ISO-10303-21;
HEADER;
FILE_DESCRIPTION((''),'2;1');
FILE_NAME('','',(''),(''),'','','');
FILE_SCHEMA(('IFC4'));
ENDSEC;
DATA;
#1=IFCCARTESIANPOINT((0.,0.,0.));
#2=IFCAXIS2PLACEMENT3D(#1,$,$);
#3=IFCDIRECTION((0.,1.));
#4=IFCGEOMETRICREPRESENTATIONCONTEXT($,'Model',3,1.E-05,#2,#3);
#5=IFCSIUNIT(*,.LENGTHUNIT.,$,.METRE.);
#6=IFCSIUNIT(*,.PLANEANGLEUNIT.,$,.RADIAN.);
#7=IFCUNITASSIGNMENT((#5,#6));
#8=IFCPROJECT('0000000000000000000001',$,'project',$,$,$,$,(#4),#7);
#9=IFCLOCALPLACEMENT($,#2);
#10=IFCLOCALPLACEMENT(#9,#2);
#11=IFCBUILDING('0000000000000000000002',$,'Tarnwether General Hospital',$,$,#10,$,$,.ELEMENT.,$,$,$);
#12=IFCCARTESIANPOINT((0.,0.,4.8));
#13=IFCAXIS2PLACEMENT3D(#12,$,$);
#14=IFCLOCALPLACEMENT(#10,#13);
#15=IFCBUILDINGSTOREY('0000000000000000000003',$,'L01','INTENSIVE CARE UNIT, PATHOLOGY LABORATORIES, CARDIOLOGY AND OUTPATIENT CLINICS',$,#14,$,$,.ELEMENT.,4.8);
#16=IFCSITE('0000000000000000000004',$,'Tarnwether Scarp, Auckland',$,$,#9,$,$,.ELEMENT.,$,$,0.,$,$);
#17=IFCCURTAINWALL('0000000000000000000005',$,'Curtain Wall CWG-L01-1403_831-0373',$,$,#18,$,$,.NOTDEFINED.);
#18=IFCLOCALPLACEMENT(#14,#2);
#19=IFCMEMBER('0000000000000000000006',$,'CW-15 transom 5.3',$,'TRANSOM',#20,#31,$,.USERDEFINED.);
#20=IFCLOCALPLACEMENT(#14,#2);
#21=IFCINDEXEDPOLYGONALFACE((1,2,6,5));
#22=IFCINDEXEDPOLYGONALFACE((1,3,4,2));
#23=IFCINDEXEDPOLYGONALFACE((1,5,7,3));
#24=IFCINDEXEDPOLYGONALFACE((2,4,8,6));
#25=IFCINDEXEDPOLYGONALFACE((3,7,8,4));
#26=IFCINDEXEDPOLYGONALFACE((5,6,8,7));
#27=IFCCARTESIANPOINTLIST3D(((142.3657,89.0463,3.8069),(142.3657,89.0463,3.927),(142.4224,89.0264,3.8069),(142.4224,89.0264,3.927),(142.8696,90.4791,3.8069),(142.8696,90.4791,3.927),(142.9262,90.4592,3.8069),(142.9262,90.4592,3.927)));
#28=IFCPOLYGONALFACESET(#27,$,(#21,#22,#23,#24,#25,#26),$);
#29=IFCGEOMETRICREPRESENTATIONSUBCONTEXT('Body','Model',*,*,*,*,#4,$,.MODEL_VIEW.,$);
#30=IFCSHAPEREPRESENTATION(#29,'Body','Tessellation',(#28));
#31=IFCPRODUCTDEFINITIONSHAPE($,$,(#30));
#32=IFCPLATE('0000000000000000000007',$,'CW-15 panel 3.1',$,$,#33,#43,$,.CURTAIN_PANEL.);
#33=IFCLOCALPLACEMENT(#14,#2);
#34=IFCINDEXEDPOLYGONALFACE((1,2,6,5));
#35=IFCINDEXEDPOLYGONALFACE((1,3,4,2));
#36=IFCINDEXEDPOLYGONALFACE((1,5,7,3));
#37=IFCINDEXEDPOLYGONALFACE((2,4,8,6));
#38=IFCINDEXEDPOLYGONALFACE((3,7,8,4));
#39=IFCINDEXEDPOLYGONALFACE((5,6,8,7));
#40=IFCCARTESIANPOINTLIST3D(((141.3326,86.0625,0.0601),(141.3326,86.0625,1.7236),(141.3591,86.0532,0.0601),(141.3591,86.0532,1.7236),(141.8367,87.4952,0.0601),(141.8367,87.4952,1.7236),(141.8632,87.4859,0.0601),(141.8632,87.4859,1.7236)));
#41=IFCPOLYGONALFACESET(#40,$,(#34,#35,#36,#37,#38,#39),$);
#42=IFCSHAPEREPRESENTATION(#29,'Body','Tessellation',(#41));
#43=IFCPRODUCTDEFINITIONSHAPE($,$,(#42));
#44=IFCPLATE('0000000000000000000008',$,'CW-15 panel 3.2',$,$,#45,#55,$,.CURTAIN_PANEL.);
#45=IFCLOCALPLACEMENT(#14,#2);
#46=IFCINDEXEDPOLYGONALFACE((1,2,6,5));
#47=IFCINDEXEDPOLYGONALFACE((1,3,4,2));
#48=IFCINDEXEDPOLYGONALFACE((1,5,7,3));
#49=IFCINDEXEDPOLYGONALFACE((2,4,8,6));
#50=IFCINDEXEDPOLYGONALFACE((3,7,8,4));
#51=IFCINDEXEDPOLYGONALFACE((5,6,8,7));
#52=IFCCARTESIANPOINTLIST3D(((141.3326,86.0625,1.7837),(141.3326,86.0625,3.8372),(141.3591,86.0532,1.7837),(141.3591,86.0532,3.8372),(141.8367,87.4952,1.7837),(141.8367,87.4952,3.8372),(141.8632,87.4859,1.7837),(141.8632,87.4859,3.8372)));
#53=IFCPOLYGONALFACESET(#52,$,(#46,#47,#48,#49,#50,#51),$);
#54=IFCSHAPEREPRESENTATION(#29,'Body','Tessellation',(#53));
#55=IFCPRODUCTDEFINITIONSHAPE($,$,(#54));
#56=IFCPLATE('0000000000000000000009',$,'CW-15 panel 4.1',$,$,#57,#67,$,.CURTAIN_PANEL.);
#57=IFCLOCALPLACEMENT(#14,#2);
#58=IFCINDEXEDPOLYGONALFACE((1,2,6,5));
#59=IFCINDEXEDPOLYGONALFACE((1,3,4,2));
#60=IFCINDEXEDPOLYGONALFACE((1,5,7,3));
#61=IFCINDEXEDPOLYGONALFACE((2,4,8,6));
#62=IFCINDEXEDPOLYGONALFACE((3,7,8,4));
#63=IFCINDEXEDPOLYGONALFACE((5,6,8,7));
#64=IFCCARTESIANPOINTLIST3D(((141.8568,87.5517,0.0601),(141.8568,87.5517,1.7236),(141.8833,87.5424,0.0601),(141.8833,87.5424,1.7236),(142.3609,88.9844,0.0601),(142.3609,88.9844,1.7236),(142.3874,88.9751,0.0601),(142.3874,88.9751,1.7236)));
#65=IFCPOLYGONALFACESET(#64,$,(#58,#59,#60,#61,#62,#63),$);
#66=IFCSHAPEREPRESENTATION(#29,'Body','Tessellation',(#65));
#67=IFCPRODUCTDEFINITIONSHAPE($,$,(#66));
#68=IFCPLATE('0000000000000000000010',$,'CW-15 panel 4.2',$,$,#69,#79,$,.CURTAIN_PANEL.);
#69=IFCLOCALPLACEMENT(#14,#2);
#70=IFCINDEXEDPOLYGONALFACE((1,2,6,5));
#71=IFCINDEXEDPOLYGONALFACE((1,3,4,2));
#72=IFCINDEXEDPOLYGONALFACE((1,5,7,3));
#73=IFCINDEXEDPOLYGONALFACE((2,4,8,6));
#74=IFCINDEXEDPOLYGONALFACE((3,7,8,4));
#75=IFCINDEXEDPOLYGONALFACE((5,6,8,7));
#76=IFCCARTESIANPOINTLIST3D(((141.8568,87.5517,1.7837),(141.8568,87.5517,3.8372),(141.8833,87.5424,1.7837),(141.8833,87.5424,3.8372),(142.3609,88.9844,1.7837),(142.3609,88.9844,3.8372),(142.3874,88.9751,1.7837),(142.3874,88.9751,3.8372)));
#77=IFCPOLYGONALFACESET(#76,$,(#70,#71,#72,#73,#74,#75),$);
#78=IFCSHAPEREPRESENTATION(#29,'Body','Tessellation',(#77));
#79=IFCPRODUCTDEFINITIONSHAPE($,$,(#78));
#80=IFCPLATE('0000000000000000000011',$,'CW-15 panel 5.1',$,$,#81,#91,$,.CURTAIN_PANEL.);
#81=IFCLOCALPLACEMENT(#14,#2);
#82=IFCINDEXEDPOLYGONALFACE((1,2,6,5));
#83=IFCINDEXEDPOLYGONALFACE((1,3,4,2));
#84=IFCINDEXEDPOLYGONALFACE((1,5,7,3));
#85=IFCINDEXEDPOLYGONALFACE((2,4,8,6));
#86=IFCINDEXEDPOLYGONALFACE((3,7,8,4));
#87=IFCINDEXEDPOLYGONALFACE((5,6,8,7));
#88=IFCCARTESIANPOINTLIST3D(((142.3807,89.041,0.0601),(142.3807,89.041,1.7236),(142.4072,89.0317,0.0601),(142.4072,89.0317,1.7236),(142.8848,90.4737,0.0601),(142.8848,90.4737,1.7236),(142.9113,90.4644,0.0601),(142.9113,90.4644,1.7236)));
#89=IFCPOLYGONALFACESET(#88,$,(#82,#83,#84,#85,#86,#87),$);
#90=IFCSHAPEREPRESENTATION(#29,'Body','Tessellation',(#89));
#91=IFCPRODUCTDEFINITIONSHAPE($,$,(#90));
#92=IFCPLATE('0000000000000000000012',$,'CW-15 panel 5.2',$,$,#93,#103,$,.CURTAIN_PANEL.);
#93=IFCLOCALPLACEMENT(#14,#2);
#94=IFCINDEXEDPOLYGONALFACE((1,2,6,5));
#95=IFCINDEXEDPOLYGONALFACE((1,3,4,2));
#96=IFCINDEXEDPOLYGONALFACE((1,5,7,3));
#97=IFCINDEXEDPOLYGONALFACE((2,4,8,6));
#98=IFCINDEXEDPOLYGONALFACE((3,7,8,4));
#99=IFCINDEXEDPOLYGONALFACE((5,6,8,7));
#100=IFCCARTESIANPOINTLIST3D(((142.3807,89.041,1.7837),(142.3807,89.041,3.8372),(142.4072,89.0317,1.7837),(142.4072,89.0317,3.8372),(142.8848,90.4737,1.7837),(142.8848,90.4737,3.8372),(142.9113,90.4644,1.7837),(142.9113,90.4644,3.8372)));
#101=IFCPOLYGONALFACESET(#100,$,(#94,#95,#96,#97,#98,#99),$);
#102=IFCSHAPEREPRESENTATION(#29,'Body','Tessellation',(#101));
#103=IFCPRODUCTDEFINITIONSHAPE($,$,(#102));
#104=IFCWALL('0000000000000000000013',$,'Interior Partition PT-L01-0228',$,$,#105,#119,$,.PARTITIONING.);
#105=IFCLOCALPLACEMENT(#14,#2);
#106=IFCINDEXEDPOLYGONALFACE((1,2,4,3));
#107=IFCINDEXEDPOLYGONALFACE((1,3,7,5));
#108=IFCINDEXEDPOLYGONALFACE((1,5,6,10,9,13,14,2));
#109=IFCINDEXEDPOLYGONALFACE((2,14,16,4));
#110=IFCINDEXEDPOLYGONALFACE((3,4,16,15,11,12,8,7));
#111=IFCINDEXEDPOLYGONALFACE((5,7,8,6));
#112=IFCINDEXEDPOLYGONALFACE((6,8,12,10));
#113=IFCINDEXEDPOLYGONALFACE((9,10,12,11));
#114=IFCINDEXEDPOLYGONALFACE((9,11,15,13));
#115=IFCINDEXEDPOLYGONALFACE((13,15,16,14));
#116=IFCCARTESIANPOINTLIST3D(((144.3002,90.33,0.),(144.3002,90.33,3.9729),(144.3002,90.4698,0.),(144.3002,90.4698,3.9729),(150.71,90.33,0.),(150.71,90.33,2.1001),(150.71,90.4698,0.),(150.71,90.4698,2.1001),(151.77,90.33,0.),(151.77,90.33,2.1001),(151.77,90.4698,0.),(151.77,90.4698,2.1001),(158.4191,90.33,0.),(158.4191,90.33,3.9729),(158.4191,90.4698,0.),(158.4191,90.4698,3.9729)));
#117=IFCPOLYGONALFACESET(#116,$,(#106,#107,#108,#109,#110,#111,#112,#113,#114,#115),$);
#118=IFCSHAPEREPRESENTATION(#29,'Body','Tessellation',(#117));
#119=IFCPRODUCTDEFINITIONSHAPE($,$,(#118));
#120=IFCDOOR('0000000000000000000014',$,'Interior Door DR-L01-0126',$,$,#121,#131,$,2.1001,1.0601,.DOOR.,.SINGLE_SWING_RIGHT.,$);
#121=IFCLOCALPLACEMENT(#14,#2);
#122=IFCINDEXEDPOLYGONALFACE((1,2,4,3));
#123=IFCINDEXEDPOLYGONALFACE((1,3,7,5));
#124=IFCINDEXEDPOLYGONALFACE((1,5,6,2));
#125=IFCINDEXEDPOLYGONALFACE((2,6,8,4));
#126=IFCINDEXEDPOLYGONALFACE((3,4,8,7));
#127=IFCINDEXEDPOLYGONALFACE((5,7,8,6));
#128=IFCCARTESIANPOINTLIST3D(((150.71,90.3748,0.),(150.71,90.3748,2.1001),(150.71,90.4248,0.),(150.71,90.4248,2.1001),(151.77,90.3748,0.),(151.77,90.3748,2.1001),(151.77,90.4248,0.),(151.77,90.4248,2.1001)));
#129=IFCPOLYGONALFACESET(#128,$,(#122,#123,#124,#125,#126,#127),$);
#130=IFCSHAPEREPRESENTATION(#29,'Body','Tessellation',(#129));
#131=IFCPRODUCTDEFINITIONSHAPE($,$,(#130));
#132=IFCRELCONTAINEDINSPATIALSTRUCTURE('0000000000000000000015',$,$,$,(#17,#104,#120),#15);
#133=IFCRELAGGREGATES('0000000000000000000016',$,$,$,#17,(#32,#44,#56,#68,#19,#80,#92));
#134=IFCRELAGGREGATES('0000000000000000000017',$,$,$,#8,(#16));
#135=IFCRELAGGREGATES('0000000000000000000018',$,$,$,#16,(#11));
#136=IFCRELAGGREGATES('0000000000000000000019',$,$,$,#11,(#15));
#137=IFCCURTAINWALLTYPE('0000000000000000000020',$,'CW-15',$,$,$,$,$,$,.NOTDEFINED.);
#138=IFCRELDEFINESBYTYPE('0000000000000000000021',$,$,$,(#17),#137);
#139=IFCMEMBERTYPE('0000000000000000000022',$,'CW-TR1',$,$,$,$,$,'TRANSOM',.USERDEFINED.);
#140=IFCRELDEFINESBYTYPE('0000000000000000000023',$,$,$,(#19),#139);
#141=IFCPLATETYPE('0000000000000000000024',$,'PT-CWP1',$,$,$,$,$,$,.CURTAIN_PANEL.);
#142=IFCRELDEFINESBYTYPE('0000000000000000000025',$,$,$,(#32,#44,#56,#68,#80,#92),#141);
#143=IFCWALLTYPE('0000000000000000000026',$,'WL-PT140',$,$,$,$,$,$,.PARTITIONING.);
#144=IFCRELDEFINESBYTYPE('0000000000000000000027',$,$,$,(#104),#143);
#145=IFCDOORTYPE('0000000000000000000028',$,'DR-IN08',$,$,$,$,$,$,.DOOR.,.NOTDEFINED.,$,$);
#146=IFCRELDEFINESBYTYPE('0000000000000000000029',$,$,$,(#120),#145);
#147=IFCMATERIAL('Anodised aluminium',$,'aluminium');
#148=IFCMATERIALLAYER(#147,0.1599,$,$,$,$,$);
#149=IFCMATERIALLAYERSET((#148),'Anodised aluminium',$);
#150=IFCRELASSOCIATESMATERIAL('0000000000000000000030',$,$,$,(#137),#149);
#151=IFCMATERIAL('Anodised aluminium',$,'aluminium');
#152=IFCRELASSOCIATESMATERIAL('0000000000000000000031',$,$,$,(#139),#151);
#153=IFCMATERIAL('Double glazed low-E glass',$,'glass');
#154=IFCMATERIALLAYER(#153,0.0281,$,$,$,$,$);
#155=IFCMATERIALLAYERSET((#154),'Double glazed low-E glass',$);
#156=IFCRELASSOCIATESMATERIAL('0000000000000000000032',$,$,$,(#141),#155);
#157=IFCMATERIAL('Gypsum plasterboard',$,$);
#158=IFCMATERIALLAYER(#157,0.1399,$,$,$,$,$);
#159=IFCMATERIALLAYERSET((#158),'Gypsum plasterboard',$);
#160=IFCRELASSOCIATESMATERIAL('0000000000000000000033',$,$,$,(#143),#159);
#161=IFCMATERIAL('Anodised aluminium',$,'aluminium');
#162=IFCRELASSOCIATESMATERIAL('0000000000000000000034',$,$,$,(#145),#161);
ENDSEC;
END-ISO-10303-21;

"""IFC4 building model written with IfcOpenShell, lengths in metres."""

from ifc_helpers import new_model, si_unit, direction, frame, frame_2d, origin, origin_2d, place, context, subcontext, project, spatial, rectangle, extrude, material, layer, layer_set, material_profile, profile_set, type_object, element, fill, aggregate, save


model = new_model("IFC4")

# Units and contexts
model_context = context("Model", 3, precision=1e-05, world=origin(), true_north=direction((0.0, 1.0)))
body_context = subcontext(model_context, "Body", "Model", "MODEL_VIEW")
ifc_project = project(units=[si_unit("LENGTHUNIT", "METRE"), si_unit("PLANEANGLEUNIT", "RADIAN")], contexts=[model_context])

# Site, building, storey
site_placement = place(None, origin())
site = spatial("IfcSite", under=ifc_project, at=site_placement, Name="Tarnwether Scarp, Auckland", CompositionType="ELEMENT", RefElevation=0.0)
building_placement = place(site_placement, origin())
building = spatial("IfcBuilding", under=site, at=building_placement, Name="Tarnwether General Hospital", CompositionType="ELEMENT")
storey_placement = place(building_placement, frame((0.0, 0.0, 4.8)))
storey = spatial("IfcBuildingStorey", under=building, at=storey_placement, Name="L01", Description="INTENSIVE CARE UNIT, PATHOLOGY LABORATORIES, CARDIOLOGY AND OUTPATIENT CLINICS", CompositionType="ELEMENT", Elevation=4.8)

# Curtain wall, member, plates
ifc_material_1 = material(Name="Anodised aluminium", Category="aluminium")
ifc_layer_1 = layer(ifc_material_1, 0.1599)
ifc_layer_set_1 = layer_set([ifc_layer_1], Name="Anodised aluminium")
curtain_wall_type = type_object("IfcCurtainWallType", Name="CW-15", PredefinedType="NOTDEFINED", material=ifc_layer_set_1)
curtain_wall_placement = place(storey_placement, origin())
curtain_wall = element("IfcCurtainWall", 1, at=curtain_wall_placement, inside=storey, type_object=curtain_wall_type, Name="Curtain Wall CWG-L01-1403_831-0373", PredefinedType="NOTDEFINED")
ifc_material_2 = material(Name="Anodised aluminium", Category="aluminium")
ifc_material_profile_1 = material_profile(ifc_material_2, rectangle(XDim=0.0601, YDim=0.1201, at=origin_2d()), Name="ALU-TRN-60x120")
ifc_profile_set_1 = profile_set([ifc_material_profile_1], Name="Anodised aluminium")
member_type_1 = type_object("IfcMemberType", Name="CW-TR1", ElementType="TRANSOM", PredefinedType="USERDEFINED", material=ifc_profile_set_1)
member_1_placement = place(storey_placement, frame((142.394, 89.0364, 3.8669), z_axis=(0.331761, 0.943364, 0.0), x_axis=(-0.943364, 0.331761, 0.0)))
member_1 = element("IfcMember", 2, at=member_1_placement, type_object=member_type_1, Name="CW-15 transom 5.3", ObjectType="TRANSOM", PredefinedType="USERDEFINED", context=body_context, shape_type="SweptSolid", body=[
    extrude(rectangle(XDim=0.0601, YDim=0.1201, at=origin_2d()), origin(), (0.0, 0.0, 1.0), 1.5188),
])
ifc_material_3 = material(Name="Double glazed low-E glass", Category="glass")
ifc_layer_2 = layer(ifc_material_3, 0.0281)
ifc_layer_set_2 = layer_set([ifc_layer_2], Name="Double glazed low-E glass")
plate_type = type_object("IfcPlateType", Name="PT-CWP1", PredefinedType="CURTAIN_PANEL", material=ifc_layer_set_2)
plate_1_placement = place(storey_placement, frame((141.5979, 86.7742, 0.0601), z_axis=(0.0, 0.0, 1.0), x_axis=(0.331902, 0.943314, 0.0)))
plate_1 = element("IfcPlate", 3, at=plate_1_placement, type_object=plate_type, Name="CW-15 panel 3.1", PredefinedType="CURTAIN_PANEL", context=body_context, shape_type="SweptSolid", body=[
    extrude(rectangle(XDim=1.5188, YDim=0.0281, at=origin_2d()), origin(), (0.0, 0.0, 1.0), 1.6636),
])
plate_2_placement = place(storey_placement, frame((141.5979, 86.7742, 1.7837), z_axis=(0.0, 0.0, 1.0), x_axis=(0.331902, 0.943314, 0.0)))
plate_2 = element("IfcPlate", 4, at=plate_2_placement, type_object=plate_type, Name="CW-15 panel 3.2", PredefinedType="CURTAIN_PANEL", context=body_context, shape_type="SweptSolid", body=[
    extrude(rectangle(XDim=1.5188, YDim=0.0281, at=origin_2d()), origin(), (0.0, 0.0, 1.0), 2.0535),
])
plate_3_placement = place(storey_placement, frame((142.1221, 88.2634, 0.0601), z_axis=(0.0, 0.0, 1.0), x_axis=(0.331902, 0.943314, 0.0)))
plate_3 = element("IfcPlate", 5, at=plate_3_placement, type_object=plate_type, Name="CW-15 panel 4.1", PredefinedType="CURTAIN_PANEL", context=body_context, shape_type="SweptSolid", body=[
    extrude(rectangle(XDim=1.5188, YDim=0.0281, at=origin_2d()), origin(), (0.0, 0.0, 1.0), 1.6636),
])
plate_4_placement = place(storey_placement, frame((142.1221, 88.2634, 1.7837), z_axis=(0.0, 0.0, 1.0), x_axis=(0.331902, 0.943314, 0.0)))
plate_4 = element("IfcPlate", 6, at=plate_4_placement, type_object=plate_type, Name="CW-15 panel 4.2", PredefinedType="CURTAIN_PANEL", context=body_context, shape_type="SweptSolid", body=[
    extrude(rectangle(XDim=1.5188, YDim=0.0281, at=origin_2d()), origin(), (0.0, 0.0, 1.0), 2.0535),
])
plate_5_placement = place(storey_placement, frame((142.646, 89.7527, 0.0601), z_axis=(0.0, 0.0, 1.0), x_axis=(0.331902, 0.943314, 0.0)))
plate_5 = element("IfcPlate", 7, at=plate_5_placement, type_object=plate_type, Name="CW-15 panel 5.1", PredefinedType="CURTAIN_PANEL", context=body_context, shape_type="SweptSolid", body=[
    extrude(rectangle(XDim=1.5188, YDim=0.0281, at=origin_2d()), origin(), (0.0, 0.0, 1.0), 1.6636),
])
plate_6_placement = place(storey_placement, frame((142.646, 89.7527, 1.7837), z_axis=(0.0, 0.0, 1.0), x_axis=(0.331902, 0.943314, 0.0)))
plate_6 = element("IfcPlate", 8, at=plate_6_placement, type_object=plate_type, Name="CW-15 panel 5.2", PredefinedType="CURTAIN_PANEL", context=body_context, shape_type="SweptSolid", body=[
    extrude(rectangle(XDim=1.5188, YDim=0.0281, at=origin_2d()), origin(), (0.0, 0.0, 1.0), 2.0535),
])
aggregate(curtain_wall, [plate_1, plate_2, plate_3, plate_4, member_1, plate_5, plate_6])

# Wall, opening, door
ifc_material_4 = material(Name="Gypsum plasterboard")
ifc_layer_3 = layer(ifc_material_4, 0.1399)
ifc_layer_set_3 = layer_set([ifc_layer_3], Name="Gypsum plasterboard")
wall_type = type_object("IfcWallType", Name="WL-PT140", PredefinedType="PARTITIONING", material=ifc_layer_set_3)
wall_placement = place(storey_placement, frame((144.3, 90.3999, 0.0), z_axis=(0.0, 0.0, 1.0), x_axis=(1.0, 0.0, 0.0)))
wall = element("IfcWall", 9, at=wall_placement, inside=storey, type_object=wall_type, Name="Interior Partition PT-L01-0228", PredefinedType="PARTITIONING", context=body_context, shape_type="SweptSolid", body=[
    extrude(rectangle(XDim=14.1189, YDim=0.1399, at=frame_2d((7.0596, 0.0))), origin(), (0.0, 0.0, 1.0), 3.9729),
])
opening_placement = place(wall_placement, frame((6.4099, 0.0, 0.0)))
opening = element("IfcOpeningElement", 10, at=opening_placement, cuts=wall, PredefinedType="OPENING", context=body_context, shape_type="SweptSolid", body=[
    extrude(rectangle(XDim=1.0601, YDim=2.1001, at=frame_2d((0.53, 1.05))), frame((0.0, 0.0801, 0.0), z_axis=(0.0, -1.0, 0.0), x_axis=(1.0, 0.0, 0.0)), (0.0, 0.0, 1.0), 0.1599),
])
ifc_material_5 = material(Name="Anodised aluminium", Category="aluminium")
door_type = type_object("IfcDoorType", Name="DR-IN08", OperationType="NOTDEFINED", PredefinedType="DOOR", material=ifc_material_5)
door_placement = place(opening_placement, origin())
door = element("IfcDoor", 11, at=door_placement, inside=storey, type_object=door_type, Name="Interior Door DR-L01-0126", OperationType="SINGLE_SWING_RIGHT", OverallHeight=2.1001, OverallWidth=1.0601, PredefinedType="DOOR", context=body_context, shape_type="SweptSolid", body=[
    extrude(rectangle(XDim=1.0601, YDim=2.1001, at=frame_2d((0.53, 1.05))), frame((0.0, 0.0249, 0.0), z_axis=(0.0, -1.0, 0.0), x_axis=(1.0, 0.0, 0.0)), (0.0, 0.0, 1.0), 0.05),
])
fill(opening, door)

save(model, "model.ifc")
